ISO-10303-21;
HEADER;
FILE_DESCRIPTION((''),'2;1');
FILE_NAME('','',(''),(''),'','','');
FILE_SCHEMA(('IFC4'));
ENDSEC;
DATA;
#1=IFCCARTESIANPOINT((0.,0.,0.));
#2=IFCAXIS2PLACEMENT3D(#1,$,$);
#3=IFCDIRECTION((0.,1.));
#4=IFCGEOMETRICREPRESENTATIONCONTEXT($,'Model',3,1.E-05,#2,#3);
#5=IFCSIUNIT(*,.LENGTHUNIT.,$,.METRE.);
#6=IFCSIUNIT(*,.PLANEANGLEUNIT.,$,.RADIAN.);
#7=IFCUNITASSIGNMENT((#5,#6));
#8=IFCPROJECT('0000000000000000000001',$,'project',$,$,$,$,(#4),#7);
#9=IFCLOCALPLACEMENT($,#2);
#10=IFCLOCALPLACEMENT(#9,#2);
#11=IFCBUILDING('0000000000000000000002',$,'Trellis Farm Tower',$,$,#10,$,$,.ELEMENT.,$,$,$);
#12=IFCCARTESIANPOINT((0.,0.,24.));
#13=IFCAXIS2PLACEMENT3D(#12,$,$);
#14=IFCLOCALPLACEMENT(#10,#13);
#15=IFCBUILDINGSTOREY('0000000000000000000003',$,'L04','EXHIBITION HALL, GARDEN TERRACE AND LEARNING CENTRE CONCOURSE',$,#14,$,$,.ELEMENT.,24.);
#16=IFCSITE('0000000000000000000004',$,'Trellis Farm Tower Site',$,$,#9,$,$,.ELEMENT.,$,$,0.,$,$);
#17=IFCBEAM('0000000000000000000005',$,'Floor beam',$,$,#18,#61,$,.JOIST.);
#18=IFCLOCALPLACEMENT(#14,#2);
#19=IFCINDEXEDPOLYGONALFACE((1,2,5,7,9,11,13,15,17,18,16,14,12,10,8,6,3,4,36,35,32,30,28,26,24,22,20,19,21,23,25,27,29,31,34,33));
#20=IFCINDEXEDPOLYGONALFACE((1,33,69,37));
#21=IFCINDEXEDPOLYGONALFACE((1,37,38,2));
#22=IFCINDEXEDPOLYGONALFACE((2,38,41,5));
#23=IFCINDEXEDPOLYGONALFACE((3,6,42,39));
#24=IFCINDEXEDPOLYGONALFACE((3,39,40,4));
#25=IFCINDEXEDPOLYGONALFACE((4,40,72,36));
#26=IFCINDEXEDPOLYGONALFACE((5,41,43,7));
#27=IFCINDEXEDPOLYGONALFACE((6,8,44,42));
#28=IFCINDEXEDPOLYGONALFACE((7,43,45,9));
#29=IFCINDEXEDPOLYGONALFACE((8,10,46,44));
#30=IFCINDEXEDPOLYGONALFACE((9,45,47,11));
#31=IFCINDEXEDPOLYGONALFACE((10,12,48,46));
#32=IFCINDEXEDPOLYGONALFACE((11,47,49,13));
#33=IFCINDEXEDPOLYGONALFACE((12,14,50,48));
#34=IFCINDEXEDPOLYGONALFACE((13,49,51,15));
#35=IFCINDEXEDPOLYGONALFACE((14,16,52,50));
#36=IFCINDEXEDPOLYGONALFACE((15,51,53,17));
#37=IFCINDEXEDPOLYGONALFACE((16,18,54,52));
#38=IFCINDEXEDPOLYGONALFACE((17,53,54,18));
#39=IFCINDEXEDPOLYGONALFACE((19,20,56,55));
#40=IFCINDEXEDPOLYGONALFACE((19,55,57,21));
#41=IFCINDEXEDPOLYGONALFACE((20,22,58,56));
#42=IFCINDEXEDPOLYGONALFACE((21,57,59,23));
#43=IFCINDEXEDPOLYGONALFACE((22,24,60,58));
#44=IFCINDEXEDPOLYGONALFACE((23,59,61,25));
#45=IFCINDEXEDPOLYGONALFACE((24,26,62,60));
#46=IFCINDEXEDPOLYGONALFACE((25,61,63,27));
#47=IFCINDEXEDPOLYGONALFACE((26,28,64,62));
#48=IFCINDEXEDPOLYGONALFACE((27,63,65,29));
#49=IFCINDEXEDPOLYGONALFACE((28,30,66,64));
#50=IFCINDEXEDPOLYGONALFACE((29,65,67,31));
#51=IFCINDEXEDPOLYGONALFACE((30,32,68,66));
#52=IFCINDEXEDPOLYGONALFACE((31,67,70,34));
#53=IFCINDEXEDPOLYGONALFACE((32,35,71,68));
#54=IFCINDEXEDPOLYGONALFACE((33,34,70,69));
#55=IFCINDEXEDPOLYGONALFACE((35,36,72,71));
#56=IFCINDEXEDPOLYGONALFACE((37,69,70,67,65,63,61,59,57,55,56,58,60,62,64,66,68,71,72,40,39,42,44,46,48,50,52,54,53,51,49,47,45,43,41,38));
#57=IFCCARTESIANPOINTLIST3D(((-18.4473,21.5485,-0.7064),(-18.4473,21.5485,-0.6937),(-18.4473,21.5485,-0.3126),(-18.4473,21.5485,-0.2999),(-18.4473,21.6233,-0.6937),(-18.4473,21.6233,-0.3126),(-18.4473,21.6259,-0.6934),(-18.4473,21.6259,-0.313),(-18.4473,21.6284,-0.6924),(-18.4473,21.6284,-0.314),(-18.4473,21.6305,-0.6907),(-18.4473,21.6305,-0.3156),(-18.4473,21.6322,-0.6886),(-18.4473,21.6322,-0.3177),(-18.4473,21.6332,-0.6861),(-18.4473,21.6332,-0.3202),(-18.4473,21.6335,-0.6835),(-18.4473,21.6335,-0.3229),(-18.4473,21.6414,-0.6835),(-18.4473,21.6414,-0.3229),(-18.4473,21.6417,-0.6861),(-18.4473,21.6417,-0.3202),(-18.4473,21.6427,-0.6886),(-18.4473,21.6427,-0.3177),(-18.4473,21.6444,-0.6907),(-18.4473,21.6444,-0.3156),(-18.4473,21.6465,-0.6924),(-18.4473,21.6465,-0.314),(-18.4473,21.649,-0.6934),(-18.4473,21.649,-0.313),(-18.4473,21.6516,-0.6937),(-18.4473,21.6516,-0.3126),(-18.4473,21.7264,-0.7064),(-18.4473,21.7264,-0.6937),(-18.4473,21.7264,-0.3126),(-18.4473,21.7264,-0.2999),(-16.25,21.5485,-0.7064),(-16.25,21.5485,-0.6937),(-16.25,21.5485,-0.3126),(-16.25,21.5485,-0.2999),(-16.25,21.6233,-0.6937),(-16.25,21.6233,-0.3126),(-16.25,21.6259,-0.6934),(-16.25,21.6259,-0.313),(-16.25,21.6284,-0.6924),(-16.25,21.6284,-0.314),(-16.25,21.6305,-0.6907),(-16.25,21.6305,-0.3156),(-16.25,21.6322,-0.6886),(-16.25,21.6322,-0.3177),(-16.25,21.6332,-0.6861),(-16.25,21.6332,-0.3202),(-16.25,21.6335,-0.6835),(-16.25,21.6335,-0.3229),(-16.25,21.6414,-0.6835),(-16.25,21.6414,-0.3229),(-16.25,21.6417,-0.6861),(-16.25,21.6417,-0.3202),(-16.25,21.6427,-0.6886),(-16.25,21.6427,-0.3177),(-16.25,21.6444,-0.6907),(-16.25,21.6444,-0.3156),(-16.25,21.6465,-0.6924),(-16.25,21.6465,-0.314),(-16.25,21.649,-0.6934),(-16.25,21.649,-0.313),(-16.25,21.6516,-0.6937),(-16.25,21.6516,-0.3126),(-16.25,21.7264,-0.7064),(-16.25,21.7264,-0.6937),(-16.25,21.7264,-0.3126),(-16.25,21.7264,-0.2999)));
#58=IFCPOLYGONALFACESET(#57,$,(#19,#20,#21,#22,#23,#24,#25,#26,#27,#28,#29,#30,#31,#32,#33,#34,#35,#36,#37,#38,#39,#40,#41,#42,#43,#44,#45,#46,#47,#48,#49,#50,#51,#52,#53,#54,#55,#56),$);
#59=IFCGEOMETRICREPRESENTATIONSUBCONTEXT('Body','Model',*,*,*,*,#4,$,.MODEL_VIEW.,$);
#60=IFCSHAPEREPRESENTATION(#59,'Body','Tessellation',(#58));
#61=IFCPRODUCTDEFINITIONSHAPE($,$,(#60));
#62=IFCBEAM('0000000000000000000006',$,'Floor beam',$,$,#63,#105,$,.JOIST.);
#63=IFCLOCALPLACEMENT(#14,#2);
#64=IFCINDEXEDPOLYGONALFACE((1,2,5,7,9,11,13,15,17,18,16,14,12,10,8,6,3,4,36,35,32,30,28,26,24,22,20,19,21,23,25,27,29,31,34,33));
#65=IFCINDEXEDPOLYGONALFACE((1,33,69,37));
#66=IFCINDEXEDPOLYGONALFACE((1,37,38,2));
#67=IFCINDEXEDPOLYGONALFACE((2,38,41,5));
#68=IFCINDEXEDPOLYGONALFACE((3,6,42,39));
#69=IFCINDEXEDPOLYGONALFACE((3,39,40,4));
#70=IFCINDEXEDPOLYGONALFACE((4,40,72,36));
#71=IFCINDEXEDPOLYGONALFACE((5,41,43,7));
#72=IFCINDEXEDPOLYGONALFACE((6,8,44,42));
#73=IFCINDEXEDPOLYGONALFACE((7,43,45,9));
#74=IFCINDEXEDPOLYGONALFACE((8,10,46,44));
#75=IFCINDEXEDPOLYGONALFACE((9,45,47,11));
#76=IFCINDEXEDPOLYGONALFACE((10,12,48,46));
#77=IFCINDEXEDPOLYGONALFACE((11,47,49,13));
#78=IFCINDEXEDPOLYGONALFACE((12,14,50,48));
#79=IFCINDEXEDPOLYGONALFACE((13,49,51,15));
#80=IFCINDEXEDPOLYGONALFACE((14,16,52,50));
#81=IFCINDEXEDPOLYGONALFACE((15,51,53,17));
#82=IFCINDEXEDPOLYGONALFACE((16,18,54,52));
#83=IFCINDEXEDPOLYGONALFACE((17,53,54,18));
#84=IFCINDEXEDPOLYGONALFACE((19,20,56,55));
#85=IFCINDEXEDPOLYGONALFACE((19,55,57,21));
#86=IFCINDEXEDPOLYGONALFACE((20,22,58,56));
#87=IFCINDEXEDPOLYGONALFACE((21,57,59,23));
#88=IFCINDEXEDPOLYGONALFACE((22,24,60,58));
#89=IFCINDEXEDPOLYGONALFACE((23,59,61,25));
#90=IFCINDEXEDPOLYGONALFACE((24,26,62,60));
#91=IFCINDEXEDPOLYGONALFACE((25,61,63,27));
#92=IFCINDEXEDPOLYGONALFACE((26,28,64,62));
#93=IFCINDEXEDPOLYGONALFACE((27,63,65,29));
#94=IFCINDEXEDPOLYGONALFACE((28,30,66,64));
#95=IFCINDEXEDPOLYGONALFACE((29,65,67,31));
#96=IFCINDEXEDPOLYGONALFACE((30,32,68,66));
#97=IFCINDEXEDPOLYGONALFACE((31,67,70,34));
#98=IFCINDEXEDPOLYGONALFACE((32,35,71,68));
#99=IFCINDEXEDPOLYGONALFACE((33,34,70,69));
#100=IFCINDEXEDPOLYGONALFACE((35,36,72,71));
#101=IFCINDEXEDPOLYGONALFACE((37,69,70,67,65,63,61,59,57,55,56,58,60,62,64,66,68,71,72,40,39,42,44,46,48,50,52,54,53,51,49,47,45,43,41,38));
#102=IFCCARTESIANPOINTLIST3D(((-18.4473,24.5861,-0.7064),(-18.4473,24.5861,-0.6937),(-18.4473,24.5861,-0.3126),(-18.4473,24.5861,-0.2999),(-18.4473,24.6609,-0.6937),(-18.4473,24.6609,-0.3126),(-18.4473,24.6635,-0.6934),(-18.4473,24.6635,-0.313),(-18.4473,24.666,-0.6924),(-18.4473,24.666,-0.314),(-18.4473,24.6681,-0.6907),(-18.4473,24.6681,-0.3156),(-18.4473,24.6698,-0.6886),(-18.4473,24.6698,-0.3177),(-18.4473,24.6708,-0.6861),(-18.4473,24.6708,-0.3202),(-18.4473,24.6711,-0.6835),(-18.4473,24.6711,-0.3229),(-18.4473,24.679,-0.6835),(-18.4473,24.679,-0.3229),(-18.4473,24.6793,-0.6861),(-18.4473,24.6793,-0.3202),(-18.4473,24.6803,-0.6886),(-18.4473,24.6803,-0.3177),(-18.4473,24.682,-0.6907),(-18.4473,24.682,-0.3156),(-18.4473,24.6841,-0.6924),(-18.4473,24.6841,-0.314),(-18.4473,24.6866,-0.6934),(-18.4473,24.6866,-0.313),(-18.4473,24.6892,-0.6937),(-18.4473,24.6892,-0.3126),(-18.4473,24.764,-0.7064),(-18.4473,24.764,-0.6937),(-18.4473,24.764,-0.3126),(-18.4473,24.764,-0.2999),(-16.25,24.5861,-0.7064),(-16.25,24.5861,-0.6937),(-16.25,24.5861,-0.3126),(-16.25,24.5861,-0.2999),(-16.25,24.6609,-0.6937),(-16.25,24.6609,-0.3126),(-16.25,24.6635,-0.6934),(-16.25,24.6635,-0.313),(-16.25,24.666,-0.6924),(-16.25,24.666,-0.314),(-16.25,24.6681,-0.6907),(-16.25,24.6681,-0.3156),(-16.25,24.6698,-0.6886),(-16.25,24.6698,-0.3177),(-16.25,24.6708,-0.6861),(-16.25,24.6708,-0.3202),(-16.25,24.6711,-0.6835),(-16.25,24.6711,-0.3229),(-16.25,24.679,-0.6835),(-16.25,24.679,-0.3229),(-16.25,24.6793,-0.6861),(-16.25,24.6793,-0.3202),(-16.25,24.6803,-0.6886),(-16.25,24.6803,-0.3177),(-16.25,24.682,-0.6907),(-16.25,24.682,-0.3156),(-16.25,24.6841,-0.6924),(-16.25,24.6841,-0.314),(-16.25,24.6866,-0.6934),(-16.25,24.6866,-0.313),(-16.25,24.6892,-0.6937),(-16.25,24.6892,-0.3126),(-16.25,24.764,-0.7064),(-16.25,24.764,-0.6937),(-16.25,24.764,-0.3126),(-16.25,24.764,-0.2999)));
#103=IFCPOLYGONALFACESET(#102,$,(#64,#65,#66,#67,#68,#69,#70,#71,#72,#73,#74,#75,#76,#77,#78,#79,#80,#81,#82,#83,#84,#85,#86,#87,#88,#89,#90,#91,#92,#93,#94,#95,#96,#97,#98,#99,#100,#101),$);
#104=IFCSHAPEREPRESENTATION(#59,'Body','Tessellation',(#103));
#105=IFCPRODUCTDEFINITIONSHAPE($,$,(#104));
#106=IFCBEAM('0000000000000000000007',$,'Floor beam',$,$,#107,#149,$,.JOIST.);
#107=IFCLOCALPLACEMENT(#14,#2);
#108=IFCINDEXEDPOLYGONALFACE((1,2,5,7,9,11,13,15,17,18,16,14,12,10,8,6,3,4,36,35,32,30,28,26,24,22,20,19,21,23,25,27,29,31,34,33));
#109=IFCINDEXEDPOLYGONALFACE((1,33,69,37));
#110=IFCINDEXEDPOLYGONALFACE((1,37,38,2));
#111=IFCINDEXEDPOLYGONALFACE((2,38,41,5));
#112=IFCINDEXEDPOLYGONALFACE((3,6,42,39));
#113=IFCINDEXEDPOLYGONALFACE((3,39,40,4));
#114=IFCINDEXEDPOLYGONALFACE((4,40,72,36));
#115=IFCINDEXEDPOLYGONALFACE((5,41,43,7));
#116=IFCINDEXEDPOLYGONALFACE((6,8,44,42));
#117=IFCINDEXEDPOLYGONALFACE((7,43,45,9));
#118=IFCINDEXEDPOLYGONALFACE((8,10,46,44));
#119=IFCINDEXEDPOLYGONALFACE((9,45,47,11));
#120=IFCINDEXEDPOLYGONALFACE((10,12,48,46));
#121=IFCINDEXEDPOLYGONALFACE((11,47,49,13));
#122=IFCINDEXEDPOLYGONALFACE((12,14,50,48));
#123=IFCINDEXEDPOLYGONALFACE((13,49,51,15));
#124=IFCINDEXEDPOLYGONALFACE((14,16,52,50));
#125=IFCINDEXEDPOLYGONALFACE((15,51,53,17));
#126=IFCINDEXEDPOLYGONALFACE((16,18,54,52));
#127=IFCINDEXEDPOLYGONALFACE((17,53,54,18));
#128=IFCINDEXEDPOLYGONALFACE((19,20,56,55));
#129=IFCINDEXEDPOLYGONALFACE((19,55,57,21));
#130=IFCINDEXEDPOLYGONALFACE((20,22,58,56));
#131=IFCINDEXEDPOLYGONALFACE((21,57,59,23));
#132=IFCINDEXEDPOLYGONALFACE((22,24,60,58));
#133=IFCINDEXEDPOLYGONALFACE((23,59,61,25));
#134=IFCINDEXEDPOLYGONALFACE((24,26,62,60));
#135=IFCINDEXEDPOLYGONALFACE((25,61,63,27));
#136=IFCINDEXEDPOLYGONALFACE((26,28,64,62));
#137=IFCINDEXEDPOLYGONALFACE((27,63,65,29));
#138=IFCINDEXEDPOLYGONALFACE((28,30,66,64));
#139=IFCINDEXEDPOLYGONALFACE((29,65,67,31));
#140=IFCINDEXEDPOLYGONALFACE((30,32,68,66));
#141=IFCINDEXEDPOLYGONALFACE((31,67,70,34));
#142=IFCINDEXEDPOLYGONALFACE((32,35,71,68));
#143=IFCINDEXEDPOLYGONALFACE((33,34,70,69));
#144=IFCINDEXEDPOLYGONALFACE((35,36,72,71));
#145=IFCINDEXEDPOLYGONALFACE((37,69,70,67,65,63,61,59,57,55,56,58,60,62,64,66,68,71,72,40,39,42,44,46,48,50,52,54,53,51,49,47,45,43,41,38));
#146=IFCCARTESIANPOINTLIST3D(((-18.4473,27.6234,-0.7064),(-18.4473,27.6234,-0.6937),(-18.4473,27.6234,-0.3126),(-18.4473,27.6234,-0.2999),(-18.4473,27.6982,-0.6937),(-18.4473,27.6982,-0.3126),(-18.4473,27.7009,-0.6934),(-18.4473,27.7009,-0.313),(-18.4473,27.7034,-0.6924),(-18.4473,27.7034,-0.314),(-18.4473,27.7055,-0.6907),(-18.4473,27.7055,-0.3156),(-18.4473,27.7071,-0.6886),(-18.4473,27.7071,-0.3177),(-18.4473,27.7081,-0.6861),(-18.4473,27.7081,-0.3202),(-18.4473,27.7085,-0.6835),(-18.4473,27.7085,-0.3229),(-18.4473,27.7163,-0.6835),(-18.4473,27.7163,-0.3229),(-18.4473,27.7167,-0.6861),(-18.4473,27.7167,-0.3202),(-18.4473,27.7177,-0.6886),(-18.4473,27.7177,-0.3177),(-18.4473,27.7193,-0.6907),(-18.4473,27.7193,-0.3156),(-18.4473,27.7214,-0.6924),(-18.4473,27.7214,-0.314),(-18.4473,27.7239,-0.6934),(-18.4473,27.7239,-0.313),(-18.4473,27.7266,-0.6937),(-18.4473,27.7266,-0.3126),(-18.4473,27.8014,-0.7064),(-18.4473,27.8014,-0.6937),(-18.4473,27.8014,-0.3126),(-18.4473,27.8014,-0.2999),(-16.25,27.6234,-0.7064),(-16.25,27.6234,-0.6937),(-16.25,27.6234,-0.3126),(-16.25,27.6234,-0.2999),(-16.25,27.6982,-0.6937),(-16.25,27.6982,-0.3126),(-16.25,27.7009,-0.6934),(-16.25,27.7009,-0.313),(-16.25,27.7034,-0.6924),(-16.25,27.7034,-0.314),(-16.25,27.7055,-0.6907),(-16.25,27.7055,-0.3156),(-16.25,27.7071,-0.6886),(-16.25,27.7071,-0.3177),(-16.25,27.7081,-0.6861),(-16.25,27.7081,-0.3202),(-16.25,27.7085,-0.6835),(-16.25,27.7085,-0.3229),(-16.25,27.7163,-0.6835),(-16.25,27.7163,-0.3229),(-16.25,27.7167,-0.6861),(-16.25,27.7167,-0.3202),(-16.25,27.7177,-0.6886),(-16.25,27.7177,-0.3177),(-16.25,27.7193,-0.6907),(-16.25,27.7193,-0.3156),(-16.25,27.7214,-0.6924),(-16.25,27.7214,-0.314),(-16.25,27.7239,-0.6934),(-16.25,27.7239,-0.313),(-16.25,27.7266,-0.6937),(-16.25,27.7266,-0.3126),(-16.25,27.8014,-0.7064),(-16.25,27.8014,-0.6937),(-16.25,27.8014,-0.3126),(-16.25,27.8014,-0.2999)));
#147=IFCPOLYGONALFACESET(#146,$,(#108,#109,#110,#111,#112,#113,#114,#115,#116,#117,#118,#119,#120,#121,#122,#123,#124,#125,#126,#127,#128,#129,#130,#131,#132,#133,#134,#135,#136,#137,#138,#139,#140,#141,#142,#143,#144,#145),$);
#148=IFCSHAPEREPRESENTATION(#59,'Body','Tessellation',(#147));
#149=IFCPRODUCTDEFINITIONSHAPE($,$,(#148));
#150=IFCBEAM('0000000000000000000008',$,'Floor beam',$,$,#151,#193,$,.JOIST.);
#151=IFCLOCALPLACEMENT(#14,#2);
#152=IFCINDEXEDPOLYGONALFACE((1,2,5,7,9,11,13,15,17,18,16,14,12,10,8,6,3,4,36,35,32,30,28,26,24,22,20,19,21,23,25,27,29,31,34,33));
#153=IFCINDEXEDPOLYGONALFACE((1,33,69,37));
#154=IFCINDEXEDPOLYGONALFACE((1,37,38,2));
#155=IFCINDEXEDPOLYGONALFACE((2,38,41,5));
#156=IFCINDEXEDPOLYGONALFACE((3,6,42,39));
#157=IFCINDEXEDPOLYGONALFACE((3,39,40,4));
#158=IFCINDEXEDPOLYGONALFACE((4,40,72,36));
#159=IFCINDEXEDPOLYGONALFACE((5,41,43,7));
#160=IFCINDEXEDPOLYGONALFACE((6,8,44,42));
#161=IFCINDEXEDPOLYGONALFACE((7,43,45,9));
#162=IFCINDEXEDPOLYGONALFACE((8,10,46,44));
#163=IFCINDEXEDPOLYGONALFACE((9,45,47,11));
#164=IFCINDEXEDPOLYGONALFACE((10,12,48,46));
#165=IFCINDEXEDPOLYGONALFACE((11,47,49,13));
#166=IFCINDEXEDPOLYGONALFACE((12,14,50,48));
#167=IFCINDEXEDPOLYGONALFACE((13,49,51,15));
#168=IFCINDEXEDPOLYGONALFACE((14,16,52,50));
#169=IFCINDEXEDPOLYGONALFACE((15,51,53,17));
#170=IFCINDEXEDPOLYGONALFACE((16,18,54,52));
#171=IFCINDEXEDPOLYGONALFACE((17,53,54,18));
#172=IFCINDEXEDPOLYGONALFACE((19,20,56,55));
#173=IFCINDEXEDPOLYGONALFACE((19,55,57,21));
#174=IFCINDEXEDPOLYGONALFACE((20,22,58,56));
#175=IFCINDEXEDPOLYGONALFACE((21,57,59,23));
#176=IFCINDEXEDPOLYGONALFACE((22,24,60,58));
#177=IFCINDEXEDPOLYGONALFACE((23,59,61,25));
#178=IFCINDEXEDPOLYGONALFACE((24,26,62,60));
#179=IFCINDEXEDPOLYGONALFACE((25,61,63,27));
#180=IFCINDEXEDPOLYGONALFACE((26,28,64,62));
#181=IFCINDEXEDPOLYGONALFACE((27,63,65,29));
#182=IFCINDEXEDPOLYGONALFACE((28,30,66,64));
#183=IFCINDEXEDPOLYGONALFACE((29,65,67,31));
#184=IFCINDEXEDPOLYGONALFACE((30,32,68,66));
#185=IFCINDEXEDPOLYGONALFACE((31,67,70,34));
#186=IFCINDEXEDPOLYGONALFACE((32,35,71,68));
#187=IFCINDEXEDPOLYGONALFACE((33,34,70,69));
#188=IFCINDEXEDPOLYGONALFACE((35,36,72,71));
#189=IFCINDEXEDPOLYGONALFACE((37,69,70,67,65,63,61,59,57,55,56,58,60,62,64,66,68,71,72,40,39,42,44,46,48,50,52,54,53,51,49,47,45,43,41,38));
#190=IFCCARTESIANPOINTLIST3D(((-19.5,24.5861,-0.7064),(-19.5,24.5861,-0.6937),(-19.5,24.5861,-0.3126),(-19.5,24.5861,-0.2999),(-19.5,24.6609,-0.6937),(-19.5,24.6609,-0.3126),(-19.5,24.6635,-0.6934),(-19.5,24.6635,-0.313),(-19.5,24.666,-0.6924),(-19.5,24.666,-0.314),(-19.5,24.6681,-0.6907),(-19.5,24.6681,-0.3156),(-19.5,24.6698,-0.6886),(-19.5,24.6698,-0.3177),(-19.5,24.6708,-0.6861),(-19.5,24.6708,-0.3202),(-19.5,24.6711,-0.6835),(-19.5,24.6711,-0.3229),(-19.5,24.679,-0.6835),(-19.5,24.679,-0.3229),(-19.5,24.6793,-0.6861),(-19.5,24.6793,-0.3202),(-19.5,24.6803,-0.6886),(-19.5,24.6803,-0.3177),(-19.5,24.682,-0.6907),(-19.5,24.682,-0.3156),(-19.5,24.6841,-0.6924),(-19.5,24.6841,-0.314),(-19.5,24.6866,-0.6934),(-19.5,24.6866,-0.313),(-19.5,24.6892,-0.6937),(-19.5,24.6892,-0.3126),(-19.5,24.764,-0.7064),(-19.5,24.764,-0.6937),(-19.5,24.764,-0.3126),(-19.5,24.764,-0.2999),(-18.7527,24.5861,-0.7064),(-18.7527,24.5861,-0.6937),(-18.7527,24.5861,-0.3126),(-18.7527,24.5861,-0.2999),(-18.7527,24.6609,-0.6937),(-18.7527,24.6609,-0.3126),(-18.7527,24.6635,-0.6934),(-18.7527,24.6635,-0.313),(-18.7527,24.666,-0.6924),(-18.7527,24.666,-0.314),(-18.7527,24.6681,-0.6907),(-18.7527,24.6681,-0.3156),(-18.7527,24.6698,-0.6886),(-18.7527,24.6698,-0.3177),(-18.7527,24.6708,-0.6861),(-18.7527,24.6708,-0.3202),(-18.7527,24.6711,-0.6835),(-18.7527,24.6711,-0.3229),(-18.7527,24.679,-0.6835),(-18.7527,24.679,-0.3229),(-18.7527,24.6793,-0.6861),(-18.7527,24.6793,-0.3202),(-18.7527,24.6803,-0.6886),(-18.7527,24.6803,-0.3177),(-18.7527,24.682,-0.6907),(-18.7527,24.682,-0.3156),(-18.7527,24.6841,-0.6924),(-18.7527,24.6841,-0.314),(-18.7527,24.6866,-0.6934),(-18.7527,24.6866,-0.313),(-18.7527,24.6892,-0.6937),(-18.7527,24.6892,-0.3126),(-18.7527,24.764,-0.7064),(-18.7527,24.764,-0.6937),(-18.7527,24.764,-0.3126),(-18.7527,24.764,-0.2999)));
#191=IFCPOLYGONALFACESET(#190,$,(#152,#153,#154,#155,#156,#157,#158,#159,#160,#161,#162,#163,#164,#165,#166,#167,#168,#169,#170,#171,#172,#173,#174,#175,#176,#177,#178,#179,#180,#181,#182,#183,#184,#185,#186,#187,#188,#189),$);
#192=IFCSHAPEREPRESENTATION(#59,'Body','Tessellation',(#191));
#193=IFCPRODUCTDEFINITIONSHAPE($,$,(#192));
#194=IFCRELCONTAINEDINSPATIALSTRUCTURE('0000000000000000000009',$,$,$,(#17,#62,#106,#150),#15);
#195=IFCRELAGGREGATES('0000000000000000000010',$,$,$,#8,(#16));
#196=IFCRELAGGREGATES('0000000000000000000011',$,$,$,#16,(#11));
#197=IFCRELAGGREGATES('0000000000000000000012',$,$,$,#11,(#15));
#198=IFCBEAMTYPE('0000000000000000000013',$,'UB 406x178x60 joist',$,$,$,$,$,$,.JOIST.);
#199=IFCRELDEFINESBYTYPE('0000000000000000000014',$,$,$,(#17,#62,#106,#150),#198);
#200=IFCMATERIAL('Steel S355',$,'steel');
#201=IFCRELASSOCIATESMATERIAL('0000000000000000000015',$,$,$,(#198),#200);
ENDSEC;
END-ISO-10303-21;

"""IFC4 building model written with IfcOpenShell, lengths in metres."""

from ifc_helpers import new_model, si_unit, direction, frame, origin, origin_2d, place, context, subcontext, project, spatial, i_section, extrude, source, transform, mapped, material, material_profile, profile_set, type_object, element, save


model = new_model("IFC4")

# Units and contexts
model_context = context("Model", 3, precision=1e-05, world=origin(), true_north=direction((0.0, 1.0)))
body_context = subcontext(model_context, "Body", "Model", "MODEL_VIEW")
ifc_project = project(units=[si_unit("LENGTHUNIT", "METRE"), si_unit("PLANEANGLEUNIT", "RADIAN")], contexts=[model_context])

# Site, building, storey
site_placement = place(None, origin())
site = spatial("IfcSite", under=ifc_project, at=site_placement, Name="Trellis Farm Tower Site", CompositionType="ELEMENT", RefElevation=0.0)
building_placement = place(site_placement, origin())
building = spatial("IfcBuilding", under=site, at=building_placement, Name="Trellis Farm Tower", CompositionType="ELEMENT")
storey_placement = place(building_placement, frame((0.0, 0.0, 24.0)))
storey = spatial("IfcBuildingStorey", under=building, at=storey_placement, Name="L04", Description="EXHIBITION HALL, GARDEN TERRACE AND LEARNING CENTRE CONCOURSE", CompositionType="ELEMENT", Elevation=24.0)

# Beams
ifc_material_1 = material(Name="Steel S355", Category="steel")
ifc_material_profile_1 = material_profile(ifc_material_1, i_section(OverallWidth=0.178, OverallDepth=0.4065, WebThickness=0.0078, FlangeThickness=0.0127, FilletRadius=0.0103, at=origin_2d()), Name="UB 406x178x60")
ifc_profile_set_1 = profile_set([ifc_material_profile_1], Name="Steel S355")
beam_type_1 = type_object("IfcBeamType", Name="UB 406x178x60 joist", PredefinedType="JOIST", material=ifc_profile_set_1)
shared_shape_1 = source(origin(), body_context, "Body", "SweptSolid", [
    extrude(i_section(OverallWidth=0.178, OverallDepth=0.4065, WebThickness=0.0078, FlangeThickness=0.0127, FilletRadius=0.0103, at=origin_2d()), origin(), (0.0, 0.0, 1.0), 2.1973),
])
for number, where, z_axis, x_axis, name in (
    (1, (-18.4473, 21.6375, -0.5032), (1.0, 0.0, 0.0), (0.0, 1.0, 0.0), "Floor beam"),
    (2, (-18.4473, 24.675, -0.5032), (1.0, 0.0, 0.0), (0.0, 1.0, 0.0), "Floor beam"),
    (3, (-18.4473, 27.7124, -0.5032), (1.0, 0.0, 0.0), (0.0, 1.0, 0.0), "Floor beam"),
):
    element("IfcBeam", number, at=place(storey_placement, frame(where, z_axis=z_axis, x_axis=x_axis)), inside=storey, type_object=beam_type_1, Name=name, PredefinedType="JOIST", context=body_context, shape_type="MappedRepresentation", body=[
        mapped(shared_shape_1, transform((0.0, 0.0, 0.0))),
    ])
shared_shape_2 = source(origin(), body_context, "Body", "SweptSolid", [
    extrude(i_section(OverallWidth=0.178, OverallDepth=0.4065, WebThickness=0.0078, FlangeThickness=0.0127, FilletRadius=0.0103, at=origin_2d()), origin(), (0.0, 0.0, 1.0), 0.7473),
])
for number, where, z_axis, x_axis, name in (
    (4, (-19.5, 24.675, -0.5032), (1.0, 0.0, 0.0), (0.0, 1.0, 0.0), "Floor beam"),
):
    element("IfcBeam", number, at=place(storey_placement, frame(where, z_axis=z_axis, x_axis=x_axis)), inside=storey, type_object=beam_type_1, Name=name, PredefinedType="JOIST", context=body_context, shape_type="MappedRepresentation", body=[
        mapped(shared_shape_2, transform((0.0, 0.0, 0.0))),
    ])

save(model, "model.ifc")
